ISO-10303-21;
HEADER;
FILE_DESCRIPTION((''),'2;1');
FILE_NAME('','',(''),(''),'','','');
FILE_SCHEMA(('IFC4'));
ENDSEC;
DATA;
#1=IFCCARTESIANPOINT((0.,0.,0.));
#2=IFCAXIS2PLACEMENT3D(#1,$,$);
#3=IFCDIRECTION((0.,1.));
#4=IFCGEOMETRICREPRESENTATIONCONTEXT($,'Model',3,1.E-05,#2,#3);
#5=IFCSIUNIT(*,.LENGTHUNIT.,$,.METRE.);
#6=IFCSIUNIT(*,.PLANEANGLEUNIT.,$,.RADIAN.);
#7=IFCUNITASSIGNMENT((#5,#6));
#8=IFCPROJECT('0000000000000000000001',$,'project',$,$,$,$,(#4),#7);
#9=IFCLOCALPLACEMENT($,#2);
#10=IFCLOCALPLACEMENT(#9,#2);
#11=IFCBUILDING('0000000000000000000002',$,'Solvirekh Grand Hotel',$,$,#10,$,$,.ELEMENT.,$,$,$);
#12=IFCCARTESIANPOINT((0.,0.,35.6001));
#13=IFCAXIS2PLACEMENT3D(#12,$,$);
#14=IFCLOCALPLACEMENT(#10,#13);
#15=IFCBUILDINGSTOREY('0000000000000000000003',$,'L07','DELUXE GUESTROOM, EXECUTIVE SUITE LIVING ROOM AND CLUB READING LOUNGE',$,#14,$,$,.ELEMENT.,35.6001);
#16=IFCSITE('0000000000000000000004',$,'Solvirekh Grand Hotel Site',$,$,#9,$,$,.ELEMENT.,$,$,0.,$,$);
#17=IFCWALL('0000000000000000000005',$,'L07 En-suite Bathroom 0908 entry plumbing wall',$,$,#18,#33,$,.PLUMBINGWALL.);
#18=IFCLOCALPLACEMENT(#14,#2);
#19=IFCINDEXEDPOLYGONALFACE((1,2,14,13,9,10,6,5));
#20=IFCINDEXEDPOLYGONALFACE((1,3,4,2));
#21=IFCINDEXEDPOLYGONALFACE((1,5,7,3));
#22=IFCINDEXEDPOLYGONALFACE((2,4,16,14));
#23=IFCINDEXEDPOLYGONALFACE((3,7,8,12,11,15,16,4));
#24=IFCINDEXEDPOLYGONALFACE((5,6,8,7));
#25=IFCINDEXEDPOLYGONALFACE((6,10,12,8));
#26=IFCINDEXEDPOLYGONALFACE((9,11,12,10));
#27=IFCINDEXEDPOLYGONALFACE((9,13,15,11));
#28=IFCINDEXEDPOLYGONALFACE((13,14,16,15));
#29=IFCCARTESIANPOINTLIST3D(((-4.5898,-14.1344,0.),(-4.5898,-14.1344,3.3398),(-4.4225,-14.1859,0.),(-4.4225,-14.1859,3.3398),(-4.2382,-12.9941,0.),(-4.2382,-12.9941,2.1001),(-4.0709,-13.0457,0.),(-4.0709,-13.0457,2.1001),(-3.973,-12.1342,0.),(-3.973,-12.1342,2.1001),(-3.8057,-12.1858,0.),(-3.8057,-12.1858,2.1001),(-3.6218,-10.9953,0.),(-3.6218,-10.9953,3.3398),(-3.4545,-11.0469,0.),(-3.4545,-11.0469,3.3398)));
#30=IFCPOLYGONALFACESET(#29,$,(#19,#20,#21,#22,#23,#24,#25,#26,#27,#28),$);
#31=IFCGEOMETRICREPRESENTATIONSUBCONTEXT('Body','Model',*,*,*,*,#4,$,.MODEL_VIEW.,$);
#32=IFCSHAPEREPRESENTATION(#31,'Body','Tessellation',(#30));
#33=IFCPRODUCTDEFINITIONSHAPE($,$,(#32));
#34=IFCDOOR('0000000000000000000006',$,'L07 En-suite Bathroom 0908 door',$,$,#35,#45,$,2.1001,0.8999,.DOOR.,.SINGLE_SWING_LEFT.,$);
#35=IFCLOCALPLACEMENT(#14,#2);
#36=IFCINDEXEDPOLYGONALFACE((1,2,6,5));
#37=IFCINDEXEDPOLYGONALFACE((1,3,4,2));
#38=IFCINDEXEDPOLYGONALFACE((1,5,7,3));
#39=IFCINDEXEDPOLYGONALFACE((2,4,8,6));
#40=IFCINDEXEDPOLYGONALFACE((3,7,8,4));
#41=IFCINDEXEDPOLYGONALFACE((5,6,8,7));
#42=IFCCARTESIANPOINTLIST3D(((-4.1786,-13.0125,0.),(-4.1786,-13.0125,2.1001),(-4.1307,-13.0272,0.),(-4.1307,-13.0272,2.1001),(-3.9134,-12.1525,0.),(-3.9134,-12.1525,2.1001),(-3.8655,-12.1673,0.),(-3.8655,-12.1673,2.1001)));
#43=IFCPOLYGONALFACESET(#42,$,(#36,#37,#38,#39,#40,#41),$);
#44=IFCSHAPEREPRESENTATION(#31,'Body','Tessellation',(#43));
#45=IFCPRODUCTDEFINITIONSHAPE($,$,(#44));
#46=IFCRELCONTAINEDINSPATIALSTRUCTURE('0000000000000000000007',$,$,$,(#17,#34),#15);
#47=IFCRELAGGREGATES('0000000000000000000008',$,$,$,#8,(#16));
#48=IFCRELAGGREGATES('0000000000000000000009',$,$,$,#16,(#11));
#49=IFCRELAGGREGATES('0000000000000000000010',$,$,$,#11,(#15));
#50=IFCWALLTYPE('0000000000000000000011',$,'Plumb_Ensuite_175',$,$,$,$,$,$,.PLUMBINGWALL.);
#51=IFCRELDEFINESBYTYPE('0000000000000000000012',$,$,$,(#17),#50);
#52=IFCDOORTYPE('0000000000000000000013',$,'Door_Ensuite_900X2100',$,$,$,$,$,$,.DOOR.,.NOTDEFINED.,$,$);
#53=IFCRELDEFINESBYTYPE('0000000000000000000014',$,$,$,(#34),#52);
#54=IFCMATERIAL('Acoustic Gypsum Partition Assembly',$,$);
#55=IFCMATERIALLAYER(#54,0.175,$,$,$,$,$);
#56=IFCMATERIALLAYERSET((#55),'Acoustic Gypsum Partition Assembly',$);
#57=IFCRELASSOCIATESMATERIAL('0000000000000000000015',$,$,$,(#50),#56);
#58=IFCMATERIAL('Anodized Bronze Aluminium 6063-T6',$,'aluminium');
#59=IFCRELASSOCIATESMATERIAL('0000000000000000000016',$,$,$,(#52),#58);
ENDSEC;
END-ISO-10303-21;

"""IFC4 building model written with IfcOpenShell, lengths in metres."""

from ifc_helpers import new_model, si_unit, direction, frame, frame_2d, origin, place, context, subcontext, project, spatial, rectangle, extrude, material, layer, layer_set, type_object, element, fill, save


model = new_model("IFC4")

# Units and contexts
model_context = context("Model", 3, precision=1e-05, world=origin(), true_north=direction((0.0, 1.0)))
body_context = subcontext(model_context, "Body", "Model", "MODEL_VIEW")
ifc_project = project(units=[si_unit("LENGTHUNIT", "METRE"), si_unit("PLANEANGLEUNIT", "RADIAN")], contexts=[model_context])

# Site, building, storey
site_placement = place(None, origin())
site = spatial("IfcSite", under=ifc_project, at=site_placement, Name="Solvirekh Grand Hotel Site", CompositionType="ELEMENT", RefElevation=0.0)
building_placement = place(site_placement, origin())
building = spatial("IfcBuilding", under=site, at=building_placement, Name="Solvirekh Grand Hotel", CompositionType="ELEMENT")
storey_placement = place(building_placement, frame((0.0, 0.0, 35.6001)))
storey = spatial("IfcBuildingStorey", under=building, at=storey_placement, Name="L07", Description="DELUXE GUESTROOM, EXECUTIVE SUITE LIVING ROOM AND CLUB READING LOUNGE", CompositionType="ELEMENT", Elevation=35.6001)

# Shared definitions
ifc_material_1 = material(Name="Anodized Bronze Aluminium 6063-T6", Category="aluminium")

# Shared definitions
ifc_material_2 = material(Name="Acoustic Gypsum Partition Assembly")

# Shared definitions
ifc_layer_1 = layer(ifc_material_2, 0.175)
ifc_layer_set_1 = layer_set([ifc_layer_1], Name="Acoustic Gypsum Partition Assembly")
wall_type_1 = type_object("IfcWallType", Name="Plumb_Ensuite_175", PredefinedType="PLUMBINGWALL", material=ifc_layer_set_1)

# Wall, opening, door
wall_1_placement = place(storey_placement, frame((-3.5381, -11.021, 0.0), z_axis=(0.0, 0.0, 1.0), x_axis=(-0.294697, -0.955591, 0.0)))
wall_1 = element("IfcWall", 1, at=wall_1_placement, inside=storey, type_object=wall_type_1, Name="L07 En-suite Bathroom 0908 entry plumbing wall", PredefinedType="PLUMBINGWALL", context=body_context, shape_type="SweptSolid", body=[
    extrude(rectangle(XDim=3.2849, YDim=0.175, at=frame_2d((1.6426, 0.0))), origin(), (0.0, 0.0, 1.0), 3.3398),
])
opening_1_placement = place(wall_1_placement, frame((1.1919, 0.0, 0.0)))
opening_1 = element("IfcOpeningElement", 2, at=opening_1_placement, cuts=wall_1, PredefinedType="OPENING", context=body_context, shape_type="SweptSolid", body=[
    extrude(rectangle(XDim=0.8999, YDim=2.1001, at=frame_2d((0.45, 1.05))), frame((0.0, 0.0977, 0.0), z_axis=(0.0, -1.0, 0.0), x_axis=(1.0, 0.0, 0.0)), (0.0, 0.0, 1.0), 0.1951),
])
door_type_1 = type_object("IfcDoorType", Name="Door_Ensuite_900X2100", OperationType="NOTDEFINED", PredefinedType="DOOR", material=ifc_material_1)
door_1_placement = place(opening_1_placement, origin())
door_1 = element("IfcDoor", 3, at=door_1_placement, inside=storey, type_object=door_type_1, Name="L07 En-suite Bathroom 0908 door", OperationType="SINGLE_SWING_LEFT", OverallHeight=2.1001, OverallWidth=0.8999, PredefinedType="DOOR", context=body_context, shape_type="SweptSolid", body=[
    extrude(rectangle(XDim=0.8999, YDim=2.1001, at=frame_2d((0.45, 1.05))), frame((0.0, 0.0249, 0.0), z_axis=(0.0, -1.0, 0.0), x_axis=(1.0, 0.0, 0.0)), (0.0, 0.0, 1.0), 0.05),
])
fill(opening_1, door_1)

save(model, "model.ifc")
